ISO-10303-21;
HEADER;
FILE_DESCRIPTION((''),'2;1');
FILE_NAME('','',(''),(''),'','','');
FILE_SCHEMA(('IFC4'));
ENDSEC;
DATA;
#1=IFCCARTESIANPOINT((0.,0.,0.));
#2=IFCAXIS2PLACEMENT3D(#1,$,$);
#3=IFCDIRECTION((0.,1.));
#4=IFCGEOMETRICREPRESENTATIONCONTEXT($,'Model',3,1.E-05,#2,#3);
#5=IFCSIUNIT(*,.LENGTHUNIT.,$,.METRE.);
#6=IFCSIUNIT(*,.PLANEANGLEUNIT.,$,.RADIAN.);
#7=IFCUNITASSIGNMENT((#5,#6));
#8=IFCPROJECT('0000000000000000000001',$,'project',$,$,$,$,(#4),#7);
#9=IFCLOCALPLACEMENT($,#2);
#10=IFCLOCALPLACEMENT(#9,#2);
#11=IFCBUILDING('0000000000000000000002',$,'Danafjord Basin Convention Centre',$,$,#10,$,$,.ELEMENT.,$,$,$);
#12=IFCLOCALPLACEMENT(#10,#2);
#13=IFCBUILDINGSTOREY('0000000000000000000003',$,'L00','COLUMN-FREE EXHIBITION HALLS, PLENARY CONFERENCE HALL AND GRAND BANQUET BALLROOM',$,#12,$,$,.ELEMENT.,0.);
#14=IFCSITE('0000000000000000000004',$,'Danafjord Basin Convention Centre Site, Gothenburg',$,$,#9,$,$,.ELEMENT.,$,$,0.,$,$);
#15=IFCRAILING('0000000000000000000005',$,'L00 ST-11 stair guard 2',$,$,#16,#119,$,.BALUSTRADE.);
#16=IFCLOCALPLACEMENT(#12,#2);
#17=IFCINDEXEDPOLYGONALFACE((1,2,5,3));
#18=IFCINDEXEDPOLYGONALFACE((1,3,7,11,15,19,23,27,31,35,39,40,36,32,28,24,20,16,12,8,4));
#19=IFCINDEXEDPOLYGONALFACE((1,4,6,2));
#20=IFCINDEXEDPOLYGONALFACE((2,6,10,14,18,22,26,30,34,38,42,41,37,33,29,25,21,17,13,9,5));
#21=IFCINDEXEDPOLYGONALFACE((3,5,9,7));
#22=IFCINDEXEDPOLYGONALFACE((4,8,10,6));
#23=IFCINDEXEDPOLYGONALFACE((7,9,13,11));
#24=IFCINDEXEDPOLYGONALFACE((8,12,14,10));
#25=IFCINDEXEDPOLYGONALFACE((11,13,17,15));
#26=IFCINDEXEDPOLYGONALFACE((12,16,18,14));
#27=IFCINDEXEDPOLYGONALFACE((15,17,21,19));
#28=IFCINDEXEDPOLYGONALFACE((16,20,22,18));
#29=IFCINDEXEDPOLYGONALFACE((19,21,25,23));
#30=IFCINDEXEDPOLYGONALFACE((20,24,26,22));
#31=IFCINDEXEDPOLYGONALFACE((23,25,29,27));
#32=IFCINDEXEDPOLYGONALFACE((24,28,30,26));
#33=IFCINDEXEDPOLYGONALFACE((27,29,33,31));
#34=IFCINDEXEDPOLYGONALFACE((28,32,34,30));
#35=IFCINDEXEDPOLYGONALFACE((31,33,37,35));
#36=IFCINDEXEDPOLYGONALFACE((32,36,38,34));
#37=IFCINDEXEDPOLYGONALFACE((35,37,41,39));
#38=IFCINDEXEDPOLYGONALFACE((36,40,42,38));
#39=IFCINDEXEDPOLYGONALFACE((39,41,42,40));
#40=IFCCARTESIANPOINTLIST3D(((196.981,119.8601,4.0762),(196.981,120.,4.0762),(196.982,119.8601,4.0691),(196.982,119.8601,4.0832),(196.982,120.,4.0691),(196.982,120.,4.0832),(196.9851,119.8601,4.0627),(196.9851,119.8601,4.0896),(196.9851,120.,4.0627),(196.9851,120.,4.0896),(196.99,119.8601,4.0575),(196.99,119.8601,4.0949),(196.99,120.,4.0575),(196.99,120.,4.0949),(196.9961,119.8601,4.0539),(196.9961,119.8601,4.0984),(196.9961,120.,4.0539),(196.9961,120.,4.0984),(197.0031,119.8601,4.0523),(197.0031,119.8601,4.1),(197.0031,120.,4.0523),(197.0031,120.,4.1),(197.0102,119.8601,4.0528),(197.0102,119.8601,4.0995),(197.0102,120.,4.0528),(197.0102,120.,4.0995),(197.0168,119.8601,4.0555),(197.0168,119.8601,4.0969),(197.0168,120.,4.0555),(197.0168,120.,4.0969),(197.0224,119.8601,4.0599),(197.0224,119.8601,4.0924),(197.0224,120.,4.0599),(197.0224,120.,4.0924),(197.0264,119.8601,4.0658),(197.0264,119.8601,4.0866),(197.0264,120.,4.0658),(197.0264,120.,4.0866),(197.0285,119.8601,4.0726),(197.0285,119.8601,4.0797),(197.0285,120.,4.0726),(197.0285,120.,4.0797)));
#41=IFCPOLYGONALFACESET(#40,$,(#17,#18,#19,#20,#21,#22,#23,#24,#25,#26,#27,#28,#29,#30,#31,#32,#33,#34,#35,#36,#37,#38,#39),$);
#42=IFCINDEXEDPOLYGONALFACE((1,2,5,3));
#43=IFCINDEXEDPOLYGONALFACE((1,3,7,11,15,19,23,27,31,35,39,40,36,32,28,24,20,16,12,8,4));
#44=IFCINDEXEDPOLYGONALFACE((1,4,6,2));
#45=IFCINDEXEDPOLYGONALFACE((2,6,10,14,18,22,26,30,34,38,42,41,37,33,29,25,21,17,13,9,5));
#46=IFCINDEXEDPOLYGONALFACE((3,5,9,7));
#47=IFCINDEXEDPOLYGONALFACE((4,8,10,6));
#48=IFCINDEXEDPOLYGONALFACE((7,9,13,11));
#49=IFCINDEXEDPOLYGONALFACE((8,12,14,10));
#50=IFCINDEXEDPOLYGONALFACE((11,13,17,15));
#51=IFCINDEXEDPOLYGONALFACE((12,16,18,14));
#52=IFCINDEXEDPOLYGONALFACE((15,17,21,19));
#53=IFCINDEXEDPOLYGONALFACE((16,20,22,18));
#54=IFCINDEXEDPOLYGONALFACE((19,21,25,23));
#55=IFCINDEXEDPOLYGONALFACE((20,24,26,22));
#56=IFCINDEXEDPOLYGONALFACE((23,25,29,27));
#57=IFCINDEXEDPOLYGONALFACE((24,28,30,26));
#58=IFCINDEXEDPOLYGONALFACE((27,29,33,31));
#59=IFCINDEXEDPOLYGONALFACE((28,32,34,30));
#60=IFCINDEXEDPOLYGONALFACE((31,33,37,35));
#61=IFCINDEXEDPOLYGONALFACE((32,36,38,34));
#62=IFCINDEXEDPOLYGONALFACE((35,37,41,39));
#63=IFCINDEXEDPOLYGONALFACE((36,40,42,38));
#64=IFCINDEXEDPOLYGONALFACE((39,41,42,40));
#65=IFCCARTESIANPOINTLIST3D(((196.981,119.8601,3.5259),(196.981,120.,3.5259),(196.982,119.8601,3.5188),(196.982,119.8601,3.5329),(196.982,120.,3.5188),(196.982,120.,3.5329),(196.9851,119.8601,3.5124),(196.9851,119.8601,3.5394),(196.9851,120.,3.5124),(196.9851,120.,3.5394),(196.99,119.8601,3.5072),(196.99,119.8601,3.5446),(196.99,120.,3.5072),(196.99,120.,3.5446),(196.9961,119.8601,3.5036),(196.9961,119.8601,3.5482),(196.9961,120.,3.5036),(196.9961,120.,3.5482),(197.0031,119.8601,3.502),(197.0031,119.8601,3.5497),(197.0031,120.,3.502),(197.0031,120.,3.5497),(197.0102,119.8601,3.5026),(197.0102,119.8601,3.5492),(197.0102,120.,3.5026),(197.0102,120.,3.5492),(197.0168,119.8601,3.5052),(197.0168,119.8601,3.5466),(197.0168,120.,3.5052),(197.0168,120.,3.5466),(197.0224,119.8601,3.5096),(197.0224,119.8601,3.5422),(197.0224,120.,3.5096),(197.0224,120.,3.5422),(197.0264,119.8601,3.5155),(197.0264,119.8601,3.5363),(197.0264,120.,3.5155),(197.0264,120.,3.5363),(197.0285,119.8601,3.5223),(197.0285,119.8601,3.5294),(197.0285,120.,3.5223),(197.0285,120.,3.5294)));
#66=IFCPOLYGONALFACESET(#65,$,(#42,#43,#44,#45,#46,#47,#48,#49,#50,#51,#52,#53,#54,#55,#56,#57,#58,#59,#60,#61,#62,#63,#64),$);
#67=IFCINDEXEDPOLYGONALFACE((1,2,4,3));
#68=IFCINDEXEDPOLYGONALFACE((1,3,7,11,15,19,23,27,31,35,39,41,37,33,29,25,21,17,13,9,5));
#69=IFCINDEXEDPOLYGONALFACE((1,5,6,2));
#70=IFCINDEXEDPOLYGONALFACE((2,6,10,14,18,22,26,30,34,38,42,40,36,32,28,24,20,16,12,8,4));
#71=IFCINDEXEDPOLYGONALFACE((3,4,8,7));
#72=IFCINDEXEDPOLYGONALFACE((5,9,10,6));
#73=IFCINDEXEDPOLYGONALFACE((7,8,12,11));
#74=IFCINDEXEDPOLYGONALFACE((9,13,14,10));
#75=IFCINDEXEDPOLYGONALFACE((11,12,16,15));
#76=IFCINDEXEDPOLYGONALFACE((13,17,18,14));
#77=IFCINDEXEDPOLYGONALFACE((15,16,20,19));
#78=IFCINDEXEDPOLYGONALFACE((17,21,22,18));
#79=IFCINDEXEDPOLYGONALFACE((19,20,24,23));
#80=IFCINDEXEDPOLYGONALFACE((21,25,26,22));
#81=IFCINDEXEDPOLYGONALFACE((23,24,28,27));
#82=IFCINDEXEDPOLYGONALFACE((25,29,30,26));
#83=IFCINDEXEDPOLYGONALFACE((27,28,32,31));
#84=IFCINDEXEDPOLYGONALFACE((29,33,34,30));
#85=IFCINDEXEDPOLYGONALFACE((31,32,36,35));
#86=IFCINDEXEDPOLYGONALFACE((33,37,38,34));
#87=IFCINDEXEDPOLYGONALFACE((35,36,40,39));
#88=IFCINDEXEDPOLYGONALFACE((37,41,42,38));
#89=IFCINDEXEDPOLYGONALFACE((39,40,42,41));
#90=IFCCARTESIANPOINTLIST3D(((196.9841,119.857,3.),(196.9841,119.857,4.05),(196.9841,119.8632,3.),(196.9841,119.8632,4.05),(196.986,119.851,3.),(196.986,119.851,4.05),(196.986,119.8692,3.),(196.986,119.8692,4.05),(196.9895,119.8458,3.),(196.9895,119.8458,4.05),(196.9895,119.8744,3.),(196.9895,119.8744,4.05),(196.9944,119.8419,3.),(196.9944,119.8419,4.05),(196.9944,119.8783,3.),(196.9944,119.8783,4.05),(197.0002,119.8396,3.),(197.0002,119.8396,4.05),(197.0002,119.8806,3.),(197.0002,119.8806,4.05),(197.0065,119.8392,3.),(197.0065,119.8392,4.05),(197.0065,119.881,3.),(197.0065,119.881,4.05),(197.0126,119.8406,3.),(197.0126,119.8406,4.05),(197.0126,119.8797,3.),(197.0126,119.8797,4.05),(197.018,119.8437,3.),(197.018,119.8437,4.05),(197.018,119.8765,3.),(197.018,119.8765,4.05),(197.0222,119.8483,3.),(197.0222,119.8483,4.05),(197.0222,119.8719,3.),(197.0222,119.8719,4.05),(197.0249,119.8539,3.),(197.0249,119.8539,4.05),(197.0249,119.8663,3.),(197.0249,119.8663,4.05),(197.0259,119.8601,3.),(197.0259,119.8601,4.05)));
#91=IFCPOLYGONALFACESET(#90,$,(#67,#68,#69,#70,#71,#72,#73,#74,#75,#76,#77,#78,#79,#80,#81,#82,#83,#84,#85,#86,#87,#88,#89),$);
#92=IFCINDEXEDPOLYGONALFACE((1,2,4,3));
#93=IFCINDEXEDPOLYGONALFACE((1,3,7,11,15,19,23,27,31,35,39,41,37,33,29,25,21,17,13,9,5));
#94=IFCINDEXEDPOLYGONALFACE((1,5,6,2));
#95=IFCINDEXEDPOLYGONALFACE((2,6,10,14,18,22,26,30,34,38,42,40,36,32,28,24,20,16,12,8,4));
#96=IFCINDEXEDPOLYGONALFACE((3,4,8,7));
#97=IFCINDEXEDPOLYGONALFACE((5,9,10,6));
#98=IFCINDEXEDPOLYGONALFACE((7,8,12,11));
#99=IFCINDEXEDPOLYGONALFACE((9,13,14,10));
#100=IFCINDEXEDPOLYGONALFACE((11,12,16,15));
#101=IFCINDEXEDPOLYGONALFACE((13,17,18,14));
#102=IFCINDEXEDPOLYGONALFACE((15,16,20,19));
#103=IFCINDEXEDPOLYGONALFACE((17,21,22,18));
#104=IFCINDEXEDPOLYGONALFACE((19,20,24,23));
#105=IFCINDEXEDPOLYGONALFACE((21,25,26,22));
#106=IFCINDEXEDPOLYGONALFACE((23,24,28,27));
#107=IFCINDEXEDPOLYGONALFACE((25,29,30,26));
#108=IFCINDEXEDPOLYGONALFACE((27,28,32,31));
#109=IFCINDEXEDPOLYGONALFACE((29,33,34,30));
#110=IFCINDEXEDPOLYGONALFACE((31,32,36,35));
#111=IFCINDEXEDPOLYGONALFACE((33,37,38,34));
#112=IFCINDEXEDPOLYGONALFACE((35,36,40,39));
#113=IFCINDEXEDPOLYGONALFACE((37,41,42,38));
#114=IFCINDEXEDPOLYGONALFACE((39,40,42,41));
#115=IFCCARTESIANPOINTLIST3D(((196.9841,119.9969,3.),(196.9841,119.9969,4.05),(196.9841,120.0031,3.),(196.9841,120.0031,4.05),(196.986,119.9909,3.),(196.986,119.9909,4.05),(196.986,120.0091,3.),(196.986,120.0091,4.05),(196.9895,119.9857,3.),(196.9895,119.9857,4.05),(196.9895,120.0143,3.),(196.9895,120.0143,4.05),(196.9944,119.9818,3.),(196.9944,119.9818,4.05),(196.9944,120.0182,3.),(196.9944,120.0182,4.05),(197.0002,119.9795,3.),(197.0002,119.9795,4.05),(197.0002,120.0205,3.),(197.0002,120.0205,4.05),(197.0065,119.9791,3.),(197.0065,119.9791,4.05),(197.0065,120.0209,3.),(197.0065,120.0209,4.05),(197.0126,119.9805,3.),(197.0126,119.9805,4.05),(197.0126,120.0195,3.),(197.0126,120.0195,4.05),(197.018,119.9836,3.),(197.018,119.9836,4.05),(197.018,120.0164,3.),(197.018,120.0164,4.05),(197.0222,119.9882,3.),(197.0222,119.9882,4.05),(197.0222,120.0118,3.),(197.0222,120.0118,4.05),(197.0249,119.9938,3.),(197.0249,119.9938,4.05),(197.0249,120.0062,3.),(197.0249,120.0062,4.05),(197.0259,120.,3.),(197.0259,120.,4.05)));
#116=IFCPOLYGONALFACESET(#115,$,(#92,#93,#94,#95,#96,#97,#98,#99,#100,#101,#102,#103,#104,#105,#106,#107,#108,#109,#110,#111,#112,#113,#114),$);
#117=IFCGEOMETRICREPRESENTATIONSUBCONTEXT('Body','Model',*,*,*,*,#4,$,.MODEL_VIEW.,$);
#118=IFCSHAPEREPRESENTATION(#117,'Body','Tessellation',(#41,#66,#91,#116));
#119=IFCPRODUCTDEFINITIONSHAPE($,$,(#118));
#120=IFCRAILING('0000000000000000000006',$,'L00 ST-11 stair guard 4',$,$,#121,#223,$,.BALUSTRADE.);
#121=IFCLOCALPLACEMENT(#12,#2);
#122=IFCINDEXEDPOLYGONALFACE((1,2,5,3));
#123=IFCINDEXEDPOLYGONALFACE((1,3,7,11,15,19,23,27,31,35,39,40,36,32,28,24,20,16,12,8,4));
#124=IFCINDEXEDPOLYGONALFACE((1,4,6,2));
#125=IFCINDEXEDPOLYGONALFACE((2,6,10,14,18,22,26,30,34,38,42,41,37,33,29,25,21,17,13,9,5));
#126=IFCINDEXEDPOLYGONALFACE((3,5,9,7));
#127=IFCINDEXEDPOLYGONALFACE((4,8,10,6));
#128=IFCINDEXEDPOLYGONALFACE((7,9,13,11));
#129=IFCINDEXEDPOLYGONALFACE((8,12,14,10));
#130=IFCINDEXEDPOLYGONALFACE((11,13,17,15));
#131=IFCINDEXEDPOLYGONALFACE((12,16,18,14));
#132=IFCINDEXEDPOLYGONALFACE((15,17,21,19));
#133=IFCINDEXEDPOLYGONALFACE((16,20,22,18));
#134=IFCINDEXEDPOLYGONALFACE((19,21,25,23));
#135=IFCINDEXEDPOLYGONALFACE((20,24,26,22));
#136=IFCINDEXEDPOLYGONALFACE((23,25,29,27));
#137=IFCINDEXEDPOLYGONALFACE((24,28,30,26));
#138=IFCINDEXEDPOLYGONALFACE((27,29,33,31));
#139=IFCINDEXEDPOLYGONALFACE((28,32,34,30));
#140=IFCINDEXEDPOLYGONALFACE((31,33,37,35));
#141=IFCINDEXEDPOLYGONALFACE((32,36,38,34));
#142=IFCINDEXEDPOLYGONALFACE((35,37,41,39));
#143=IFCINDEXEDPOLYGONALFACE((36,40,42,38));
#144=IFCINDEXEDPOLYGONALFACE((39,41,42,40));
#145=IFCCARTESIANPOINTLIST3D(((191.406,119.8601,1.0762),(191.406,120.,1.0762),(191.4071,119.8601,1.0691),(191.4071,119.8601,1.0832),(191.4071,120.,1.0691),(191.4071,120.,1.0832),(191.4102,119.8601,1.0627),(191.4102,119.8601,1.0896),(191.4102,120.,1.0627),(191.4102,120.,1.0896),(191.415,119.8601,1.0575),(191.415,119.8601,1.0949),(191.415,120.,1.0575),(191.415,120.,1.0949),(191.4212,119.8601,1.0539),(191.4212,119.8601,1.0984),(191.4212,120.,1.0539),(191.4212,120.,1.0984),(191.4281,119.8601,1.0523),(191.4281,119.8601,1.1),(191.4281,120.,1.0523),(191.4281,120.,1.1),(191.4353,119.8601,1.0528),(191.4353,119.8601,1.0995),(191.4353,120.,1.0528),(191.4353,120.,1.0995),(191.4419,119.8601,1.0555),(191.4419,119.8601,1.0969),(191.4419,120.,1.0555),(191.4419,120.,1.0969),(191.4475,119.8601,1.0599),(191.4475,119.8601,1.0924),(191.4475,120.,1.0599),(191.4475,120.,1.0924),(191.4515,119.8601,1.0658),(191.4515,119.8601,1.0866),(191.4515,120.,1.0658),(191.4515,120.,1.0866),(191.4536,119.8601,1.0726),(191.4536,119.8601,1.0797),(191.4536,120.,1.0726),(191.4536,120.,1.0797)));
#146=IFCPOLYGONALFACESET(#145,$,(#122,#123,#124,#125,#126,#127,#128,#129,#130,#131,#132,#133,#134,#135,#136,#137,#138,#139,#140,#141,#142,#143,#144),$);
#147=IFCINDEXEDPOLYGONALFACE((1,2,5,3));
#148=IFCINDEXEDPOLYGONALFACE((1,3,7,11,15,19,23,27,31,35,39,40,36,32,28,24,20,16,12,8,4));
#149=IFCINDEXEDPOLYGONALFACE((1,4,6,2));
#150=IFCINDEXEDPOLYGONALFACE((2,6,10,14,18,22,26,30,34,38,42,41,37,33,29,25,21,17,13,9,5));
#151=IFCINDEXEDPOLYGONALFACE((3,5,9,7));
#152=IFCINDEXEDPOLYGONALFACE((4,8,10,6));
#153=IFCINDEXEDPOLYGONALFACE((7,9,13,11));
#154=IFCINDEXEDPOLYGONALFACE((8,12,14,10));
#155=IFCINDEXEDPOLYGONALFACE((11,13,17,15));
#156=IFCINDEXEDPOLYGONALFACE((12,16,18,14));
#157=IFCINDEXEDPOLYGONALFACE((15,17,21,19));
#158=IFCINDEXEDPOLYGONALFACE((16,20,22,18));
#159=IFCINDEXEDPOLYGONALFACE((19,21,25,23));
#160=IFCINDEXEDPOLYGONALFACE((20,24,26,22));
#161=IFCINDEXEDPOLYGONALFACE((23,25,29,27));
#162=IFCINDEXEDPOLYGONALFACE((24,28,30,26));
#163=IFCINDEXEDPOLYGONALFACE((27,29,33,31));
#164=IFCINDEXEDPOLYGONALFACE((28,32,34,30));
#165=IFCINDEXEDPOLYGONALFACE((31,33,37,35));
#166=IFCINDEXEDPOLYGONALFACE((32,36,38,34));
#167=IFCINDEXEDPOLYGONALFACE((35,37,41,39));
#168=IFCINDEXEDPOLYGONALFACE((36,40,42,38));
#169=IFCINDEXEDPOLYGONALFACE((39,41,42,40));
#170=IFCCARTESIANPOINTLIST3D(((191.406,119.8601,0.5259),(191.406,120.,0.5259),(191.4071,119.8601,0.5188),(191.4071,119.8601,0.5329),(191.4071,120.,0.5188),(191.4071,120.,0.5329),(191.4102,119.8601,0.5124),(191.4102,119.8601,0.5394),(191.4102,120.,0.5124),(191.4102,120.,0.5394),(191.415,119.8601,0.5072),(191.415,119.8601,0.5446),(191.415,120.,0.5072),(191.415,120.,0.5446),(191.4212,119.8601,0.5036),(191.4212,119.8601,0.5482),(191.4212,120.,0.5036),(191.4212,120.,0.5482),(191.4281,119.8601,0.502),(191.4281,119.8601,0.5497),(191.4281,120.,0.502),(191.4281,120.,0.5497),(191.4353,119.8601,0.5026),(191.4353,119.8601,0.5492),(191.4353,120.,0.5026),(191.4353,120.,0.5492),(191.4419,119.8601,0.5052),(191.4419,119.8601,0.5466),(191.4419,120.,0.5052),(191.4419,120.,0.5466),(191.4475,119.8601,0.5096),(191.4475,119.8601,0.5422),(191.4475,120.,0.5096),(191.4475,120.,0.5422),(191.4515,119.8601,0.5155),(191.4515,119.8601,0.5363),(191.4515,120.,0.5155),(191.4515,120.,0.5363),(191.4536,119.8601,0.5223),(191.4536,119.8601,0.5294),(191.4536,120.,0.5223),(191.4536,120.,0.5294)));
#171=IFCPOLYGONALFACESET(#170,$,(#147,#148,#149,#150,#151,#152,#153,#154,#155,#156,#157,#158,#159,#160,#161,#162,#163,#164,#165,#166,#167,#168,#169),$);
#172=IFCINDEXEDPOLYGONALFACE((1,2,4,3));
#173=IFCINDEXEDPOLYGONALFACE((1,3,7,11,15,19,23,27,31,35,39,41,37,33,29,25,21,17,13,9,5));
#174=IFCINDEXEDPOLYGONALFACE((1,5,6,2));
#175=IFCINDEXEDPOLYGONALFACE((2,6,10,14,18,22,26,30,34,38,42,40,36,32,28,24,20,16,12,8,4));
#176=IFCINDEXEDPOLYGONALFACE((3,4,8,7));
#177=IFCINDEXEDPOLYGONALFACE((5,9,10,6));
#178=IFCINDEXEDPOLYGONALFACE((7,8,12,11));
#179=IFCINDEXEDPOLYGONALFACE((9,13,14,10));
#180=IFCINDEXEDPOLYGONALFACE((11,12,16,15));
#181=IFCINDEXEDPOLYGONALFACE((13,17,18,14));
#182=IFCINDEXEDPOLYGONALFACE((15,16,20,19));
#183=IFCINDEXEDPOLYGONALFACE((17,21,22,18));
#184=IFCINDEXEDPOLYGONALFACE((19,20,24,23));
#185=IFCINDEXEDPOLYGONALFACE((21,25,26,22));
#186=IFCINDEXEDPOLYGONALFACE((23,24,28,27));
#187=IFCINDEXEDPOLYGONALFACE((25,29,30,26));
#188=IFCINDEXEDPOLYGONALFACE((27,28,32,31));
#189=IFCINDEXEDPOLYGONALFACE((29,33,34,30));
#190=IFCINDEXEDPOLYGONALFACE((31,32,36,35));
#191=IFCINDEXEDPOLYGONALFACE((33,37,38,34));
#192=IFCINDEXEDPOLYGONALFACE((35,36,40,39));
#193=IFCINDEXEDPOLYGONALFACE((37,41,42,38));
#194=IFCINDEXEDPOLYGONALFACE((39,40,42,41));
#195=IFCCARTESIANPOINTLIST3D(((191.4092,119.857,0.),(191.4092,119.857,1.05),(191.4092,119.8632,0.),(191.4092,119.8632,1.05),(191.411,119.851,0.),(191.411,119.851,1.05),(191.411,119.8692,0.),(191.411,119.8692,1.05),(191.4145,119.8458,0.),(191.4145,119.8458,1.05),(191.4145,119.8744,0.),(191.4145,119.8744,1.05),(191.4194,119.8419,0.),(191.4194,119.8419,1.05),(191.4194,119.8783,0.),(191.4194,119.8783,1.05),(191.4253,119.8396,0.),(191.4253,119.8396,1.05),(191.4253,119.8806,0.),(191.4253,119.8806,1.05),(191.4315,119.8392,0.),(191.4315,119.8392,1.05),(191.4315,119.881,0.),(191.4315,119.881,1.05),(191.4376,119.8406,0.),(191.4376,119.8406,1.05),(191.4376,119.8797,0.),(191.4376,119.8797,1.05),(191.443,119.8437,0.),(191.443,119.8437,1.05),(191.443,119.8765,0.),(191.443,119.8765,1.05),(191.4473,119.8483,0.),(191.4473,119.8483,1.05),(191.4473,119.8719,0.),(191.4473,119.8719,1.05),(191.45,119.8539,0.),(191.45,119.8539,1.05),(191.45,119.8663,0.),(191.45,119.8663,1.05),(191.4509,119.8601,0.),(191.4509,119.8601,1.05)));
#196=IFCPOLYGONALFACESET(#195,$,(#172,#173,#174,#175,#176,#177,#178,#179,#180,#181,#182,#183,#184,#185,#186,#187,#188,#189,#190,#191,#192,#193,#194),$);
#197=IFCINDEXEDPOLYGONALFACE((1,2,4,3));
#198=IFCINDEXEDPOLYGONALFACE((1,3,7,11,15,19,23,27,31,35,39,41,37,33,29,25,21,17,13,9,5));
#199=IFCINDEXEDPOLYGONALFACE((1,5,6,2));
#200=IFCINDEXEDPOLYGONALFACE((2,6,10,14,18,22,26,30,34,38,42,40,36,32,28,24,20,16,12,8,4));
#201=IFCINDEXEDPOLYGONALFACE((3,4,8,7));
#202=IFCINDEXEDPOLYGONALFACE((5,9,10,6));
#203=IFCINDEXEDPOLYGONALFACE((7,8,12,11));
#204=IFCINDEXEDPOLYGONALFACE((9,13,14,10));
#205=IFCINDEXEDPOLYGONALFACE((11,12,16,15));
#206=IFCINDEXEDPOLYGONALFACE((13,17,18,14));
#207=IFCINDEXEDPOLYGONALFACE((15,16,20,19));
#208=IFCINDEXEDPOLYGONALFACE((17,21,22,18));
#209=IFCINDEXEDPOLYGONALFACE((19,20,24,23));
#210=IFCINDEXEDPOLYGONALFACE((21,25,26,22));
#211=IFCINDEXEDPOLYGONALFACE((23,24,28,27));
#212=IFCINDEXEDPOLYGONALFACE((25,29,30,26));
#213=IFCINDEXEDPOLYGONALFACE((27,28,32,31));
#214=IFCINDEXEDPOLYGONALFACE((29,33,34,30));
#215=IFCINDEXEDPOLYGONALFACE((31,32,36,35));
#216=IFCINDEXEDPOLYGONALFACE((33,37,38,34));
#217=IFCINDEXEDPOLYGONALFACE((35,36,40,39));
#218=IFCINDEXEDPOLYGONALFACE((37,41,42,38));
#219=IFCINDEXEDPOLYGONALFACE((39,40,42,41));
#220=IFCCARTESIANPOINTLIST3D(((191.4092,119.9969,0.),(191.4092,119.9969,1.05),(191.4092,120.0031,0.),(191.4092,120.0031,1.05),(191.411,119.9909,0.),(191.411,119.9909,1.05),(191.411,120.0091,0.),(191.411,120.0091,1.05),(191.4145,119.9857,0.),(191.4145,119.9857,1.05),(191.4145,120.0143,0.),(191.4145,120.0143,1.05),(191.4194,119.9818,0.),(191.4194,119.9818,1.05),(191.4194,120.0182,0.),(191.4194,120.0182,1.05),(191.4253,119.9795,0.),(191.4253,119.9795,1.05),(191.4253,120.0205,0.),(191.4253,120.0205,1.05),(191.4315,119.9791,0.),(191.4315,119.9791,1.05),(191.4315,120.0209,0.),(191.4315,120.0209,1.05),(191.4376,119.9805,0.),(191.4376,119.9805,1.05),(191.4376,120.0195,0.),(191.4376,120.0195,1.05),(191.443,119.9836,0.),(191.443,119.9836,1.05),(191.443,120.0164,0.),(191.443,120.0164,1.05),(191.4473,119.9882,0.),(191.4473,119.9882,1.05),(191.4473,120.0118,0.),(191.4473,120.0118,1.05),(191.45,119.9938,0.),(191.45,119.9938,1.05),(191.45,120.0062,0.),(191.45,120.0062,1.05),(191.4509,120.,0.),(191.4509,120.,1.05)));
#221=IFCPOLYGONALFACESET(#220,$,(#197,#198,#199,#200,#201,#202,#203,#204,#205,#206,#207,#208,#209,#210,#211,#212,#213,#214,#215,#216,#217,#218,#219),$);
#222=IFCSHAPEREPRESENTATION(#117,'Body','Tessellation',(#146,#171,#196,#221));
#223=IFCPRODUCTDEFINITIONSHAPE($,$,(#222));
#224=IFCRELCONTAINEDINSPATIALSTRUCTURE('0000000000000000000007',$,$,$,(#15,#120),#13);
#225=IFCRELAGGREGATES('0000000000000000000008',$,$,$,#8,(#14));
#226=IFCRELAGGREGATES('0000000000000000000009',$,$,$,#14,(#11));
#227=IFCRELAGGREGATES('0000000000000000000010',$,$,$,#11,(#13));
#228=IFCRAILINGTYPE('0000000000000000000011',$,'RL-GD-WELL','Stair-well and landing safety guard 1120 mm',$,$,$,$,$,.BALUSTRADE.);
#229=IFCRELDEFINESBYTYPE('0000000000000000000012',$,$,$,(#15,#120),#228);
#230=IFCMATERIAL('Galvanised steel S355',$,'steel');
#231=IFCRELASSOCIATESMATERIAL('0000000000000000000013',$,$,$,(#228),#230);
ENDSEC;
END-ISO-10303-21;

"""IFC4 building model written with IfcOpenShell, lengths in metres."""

from ifc_helpers import new_model, si_unit, direction, frame, origin, origin_2d, place, context, subcontext, project, spatial, circle, extrude, material, type_object, element, save


model = new_model("IFC4")

# Units and contexts
model_context = context("Model", 3, precision=1e-05, world=origin(), true_north=direction((0.0, 1.0)))
body_context = subcontext(model_context, "Body", "Model", "MODEL_VIEW")
ifc_project = project(units=[si_unit("LENGTHUNIT", "METRE"), si_unit("PLANEANGLEUNIT", "RADIAN")], contexts=[model_context])

# Site, building, storey
site_placement = place(None, origin())
site = spatial("IfcSite", under=ifc_project, at=site_placement, Name="Danafjord Basin Convention Centre Site, Gothenburg", CompositionType="ELEMENT", RefElevation=0.0)
building_placement = place(site_placement, origin())
building = spatial("IfcBuilding", under=site, at=building_placement, Name="Danafjord Basin Convention Centre", CompositionType="ELEMENT")
storey_placement = place(building_placement, origin())
storey = spatial("IfcBuildingStorey", under=building, at=storey_placement, Name="L00", Description="COLUMN-FREE EXHIBITION HALLS, PLENARY CONFERENCE HALL AND GRAND BANQUET BALLROOM", CompositionType="ELEMENT", Elevation=0.0)

# Railings
ifc_material_1 = material(Name="Galvanised steel S355", Category="steel")
railing_type_1 = type_object("IfcRailingType", Name="RL-GD-WELL", Description="Stair-well and landing safety guard 1120 mm", PredefinedType="BALUSTRADE", material=ifc_material_1)
for number, where, name in (
    (1, (197.0049, 119.8601, 3.0), "L00 ST-11 stair guard 2"),
    (2, (191.4299, 119.8601, 0.0), "L00 ST-11 stair guard 4"),
):
    element("IfcRailing", number, at=place(storey_placement, frame(where)), inside=storey, type_object=railing_type_1, Name=name, PredefinedType="BALUSTRADE", context=body_context, shape_type="SweptSolid", body=[
        extrude(circle(Radius=0.0239, at=origin_2d()), frame((0.0, 0.0, 1.0762), z_axis=(0.0, 1.0, 0.0), x_axis=(-1.0, 0.0, 0.0)), (0.0, 0.0, 1.0), 0.1399),
        extrude(circle(Radius=0.0239, at=origin_2d()), frame((0.0, 0.0, 0.5259), z_axis=(0.0, 1.0, 0.0), x_axis=(-1.0, 0.0, 0.0)), (0.0, 0.0, 1.0), 0.1399),
        extrude(circle(Radius=0.021, at=origin_2d()), origin(), (0.0, 0.0, 1.0), 1.05),
        extrude(circle(Radius=0.021, at=origin_2d()), frame((0.0, 0.1399, 0.0)), (0.0, 0.0, 1.0), 1.05),
    ])

save(model, "model.ifc")
